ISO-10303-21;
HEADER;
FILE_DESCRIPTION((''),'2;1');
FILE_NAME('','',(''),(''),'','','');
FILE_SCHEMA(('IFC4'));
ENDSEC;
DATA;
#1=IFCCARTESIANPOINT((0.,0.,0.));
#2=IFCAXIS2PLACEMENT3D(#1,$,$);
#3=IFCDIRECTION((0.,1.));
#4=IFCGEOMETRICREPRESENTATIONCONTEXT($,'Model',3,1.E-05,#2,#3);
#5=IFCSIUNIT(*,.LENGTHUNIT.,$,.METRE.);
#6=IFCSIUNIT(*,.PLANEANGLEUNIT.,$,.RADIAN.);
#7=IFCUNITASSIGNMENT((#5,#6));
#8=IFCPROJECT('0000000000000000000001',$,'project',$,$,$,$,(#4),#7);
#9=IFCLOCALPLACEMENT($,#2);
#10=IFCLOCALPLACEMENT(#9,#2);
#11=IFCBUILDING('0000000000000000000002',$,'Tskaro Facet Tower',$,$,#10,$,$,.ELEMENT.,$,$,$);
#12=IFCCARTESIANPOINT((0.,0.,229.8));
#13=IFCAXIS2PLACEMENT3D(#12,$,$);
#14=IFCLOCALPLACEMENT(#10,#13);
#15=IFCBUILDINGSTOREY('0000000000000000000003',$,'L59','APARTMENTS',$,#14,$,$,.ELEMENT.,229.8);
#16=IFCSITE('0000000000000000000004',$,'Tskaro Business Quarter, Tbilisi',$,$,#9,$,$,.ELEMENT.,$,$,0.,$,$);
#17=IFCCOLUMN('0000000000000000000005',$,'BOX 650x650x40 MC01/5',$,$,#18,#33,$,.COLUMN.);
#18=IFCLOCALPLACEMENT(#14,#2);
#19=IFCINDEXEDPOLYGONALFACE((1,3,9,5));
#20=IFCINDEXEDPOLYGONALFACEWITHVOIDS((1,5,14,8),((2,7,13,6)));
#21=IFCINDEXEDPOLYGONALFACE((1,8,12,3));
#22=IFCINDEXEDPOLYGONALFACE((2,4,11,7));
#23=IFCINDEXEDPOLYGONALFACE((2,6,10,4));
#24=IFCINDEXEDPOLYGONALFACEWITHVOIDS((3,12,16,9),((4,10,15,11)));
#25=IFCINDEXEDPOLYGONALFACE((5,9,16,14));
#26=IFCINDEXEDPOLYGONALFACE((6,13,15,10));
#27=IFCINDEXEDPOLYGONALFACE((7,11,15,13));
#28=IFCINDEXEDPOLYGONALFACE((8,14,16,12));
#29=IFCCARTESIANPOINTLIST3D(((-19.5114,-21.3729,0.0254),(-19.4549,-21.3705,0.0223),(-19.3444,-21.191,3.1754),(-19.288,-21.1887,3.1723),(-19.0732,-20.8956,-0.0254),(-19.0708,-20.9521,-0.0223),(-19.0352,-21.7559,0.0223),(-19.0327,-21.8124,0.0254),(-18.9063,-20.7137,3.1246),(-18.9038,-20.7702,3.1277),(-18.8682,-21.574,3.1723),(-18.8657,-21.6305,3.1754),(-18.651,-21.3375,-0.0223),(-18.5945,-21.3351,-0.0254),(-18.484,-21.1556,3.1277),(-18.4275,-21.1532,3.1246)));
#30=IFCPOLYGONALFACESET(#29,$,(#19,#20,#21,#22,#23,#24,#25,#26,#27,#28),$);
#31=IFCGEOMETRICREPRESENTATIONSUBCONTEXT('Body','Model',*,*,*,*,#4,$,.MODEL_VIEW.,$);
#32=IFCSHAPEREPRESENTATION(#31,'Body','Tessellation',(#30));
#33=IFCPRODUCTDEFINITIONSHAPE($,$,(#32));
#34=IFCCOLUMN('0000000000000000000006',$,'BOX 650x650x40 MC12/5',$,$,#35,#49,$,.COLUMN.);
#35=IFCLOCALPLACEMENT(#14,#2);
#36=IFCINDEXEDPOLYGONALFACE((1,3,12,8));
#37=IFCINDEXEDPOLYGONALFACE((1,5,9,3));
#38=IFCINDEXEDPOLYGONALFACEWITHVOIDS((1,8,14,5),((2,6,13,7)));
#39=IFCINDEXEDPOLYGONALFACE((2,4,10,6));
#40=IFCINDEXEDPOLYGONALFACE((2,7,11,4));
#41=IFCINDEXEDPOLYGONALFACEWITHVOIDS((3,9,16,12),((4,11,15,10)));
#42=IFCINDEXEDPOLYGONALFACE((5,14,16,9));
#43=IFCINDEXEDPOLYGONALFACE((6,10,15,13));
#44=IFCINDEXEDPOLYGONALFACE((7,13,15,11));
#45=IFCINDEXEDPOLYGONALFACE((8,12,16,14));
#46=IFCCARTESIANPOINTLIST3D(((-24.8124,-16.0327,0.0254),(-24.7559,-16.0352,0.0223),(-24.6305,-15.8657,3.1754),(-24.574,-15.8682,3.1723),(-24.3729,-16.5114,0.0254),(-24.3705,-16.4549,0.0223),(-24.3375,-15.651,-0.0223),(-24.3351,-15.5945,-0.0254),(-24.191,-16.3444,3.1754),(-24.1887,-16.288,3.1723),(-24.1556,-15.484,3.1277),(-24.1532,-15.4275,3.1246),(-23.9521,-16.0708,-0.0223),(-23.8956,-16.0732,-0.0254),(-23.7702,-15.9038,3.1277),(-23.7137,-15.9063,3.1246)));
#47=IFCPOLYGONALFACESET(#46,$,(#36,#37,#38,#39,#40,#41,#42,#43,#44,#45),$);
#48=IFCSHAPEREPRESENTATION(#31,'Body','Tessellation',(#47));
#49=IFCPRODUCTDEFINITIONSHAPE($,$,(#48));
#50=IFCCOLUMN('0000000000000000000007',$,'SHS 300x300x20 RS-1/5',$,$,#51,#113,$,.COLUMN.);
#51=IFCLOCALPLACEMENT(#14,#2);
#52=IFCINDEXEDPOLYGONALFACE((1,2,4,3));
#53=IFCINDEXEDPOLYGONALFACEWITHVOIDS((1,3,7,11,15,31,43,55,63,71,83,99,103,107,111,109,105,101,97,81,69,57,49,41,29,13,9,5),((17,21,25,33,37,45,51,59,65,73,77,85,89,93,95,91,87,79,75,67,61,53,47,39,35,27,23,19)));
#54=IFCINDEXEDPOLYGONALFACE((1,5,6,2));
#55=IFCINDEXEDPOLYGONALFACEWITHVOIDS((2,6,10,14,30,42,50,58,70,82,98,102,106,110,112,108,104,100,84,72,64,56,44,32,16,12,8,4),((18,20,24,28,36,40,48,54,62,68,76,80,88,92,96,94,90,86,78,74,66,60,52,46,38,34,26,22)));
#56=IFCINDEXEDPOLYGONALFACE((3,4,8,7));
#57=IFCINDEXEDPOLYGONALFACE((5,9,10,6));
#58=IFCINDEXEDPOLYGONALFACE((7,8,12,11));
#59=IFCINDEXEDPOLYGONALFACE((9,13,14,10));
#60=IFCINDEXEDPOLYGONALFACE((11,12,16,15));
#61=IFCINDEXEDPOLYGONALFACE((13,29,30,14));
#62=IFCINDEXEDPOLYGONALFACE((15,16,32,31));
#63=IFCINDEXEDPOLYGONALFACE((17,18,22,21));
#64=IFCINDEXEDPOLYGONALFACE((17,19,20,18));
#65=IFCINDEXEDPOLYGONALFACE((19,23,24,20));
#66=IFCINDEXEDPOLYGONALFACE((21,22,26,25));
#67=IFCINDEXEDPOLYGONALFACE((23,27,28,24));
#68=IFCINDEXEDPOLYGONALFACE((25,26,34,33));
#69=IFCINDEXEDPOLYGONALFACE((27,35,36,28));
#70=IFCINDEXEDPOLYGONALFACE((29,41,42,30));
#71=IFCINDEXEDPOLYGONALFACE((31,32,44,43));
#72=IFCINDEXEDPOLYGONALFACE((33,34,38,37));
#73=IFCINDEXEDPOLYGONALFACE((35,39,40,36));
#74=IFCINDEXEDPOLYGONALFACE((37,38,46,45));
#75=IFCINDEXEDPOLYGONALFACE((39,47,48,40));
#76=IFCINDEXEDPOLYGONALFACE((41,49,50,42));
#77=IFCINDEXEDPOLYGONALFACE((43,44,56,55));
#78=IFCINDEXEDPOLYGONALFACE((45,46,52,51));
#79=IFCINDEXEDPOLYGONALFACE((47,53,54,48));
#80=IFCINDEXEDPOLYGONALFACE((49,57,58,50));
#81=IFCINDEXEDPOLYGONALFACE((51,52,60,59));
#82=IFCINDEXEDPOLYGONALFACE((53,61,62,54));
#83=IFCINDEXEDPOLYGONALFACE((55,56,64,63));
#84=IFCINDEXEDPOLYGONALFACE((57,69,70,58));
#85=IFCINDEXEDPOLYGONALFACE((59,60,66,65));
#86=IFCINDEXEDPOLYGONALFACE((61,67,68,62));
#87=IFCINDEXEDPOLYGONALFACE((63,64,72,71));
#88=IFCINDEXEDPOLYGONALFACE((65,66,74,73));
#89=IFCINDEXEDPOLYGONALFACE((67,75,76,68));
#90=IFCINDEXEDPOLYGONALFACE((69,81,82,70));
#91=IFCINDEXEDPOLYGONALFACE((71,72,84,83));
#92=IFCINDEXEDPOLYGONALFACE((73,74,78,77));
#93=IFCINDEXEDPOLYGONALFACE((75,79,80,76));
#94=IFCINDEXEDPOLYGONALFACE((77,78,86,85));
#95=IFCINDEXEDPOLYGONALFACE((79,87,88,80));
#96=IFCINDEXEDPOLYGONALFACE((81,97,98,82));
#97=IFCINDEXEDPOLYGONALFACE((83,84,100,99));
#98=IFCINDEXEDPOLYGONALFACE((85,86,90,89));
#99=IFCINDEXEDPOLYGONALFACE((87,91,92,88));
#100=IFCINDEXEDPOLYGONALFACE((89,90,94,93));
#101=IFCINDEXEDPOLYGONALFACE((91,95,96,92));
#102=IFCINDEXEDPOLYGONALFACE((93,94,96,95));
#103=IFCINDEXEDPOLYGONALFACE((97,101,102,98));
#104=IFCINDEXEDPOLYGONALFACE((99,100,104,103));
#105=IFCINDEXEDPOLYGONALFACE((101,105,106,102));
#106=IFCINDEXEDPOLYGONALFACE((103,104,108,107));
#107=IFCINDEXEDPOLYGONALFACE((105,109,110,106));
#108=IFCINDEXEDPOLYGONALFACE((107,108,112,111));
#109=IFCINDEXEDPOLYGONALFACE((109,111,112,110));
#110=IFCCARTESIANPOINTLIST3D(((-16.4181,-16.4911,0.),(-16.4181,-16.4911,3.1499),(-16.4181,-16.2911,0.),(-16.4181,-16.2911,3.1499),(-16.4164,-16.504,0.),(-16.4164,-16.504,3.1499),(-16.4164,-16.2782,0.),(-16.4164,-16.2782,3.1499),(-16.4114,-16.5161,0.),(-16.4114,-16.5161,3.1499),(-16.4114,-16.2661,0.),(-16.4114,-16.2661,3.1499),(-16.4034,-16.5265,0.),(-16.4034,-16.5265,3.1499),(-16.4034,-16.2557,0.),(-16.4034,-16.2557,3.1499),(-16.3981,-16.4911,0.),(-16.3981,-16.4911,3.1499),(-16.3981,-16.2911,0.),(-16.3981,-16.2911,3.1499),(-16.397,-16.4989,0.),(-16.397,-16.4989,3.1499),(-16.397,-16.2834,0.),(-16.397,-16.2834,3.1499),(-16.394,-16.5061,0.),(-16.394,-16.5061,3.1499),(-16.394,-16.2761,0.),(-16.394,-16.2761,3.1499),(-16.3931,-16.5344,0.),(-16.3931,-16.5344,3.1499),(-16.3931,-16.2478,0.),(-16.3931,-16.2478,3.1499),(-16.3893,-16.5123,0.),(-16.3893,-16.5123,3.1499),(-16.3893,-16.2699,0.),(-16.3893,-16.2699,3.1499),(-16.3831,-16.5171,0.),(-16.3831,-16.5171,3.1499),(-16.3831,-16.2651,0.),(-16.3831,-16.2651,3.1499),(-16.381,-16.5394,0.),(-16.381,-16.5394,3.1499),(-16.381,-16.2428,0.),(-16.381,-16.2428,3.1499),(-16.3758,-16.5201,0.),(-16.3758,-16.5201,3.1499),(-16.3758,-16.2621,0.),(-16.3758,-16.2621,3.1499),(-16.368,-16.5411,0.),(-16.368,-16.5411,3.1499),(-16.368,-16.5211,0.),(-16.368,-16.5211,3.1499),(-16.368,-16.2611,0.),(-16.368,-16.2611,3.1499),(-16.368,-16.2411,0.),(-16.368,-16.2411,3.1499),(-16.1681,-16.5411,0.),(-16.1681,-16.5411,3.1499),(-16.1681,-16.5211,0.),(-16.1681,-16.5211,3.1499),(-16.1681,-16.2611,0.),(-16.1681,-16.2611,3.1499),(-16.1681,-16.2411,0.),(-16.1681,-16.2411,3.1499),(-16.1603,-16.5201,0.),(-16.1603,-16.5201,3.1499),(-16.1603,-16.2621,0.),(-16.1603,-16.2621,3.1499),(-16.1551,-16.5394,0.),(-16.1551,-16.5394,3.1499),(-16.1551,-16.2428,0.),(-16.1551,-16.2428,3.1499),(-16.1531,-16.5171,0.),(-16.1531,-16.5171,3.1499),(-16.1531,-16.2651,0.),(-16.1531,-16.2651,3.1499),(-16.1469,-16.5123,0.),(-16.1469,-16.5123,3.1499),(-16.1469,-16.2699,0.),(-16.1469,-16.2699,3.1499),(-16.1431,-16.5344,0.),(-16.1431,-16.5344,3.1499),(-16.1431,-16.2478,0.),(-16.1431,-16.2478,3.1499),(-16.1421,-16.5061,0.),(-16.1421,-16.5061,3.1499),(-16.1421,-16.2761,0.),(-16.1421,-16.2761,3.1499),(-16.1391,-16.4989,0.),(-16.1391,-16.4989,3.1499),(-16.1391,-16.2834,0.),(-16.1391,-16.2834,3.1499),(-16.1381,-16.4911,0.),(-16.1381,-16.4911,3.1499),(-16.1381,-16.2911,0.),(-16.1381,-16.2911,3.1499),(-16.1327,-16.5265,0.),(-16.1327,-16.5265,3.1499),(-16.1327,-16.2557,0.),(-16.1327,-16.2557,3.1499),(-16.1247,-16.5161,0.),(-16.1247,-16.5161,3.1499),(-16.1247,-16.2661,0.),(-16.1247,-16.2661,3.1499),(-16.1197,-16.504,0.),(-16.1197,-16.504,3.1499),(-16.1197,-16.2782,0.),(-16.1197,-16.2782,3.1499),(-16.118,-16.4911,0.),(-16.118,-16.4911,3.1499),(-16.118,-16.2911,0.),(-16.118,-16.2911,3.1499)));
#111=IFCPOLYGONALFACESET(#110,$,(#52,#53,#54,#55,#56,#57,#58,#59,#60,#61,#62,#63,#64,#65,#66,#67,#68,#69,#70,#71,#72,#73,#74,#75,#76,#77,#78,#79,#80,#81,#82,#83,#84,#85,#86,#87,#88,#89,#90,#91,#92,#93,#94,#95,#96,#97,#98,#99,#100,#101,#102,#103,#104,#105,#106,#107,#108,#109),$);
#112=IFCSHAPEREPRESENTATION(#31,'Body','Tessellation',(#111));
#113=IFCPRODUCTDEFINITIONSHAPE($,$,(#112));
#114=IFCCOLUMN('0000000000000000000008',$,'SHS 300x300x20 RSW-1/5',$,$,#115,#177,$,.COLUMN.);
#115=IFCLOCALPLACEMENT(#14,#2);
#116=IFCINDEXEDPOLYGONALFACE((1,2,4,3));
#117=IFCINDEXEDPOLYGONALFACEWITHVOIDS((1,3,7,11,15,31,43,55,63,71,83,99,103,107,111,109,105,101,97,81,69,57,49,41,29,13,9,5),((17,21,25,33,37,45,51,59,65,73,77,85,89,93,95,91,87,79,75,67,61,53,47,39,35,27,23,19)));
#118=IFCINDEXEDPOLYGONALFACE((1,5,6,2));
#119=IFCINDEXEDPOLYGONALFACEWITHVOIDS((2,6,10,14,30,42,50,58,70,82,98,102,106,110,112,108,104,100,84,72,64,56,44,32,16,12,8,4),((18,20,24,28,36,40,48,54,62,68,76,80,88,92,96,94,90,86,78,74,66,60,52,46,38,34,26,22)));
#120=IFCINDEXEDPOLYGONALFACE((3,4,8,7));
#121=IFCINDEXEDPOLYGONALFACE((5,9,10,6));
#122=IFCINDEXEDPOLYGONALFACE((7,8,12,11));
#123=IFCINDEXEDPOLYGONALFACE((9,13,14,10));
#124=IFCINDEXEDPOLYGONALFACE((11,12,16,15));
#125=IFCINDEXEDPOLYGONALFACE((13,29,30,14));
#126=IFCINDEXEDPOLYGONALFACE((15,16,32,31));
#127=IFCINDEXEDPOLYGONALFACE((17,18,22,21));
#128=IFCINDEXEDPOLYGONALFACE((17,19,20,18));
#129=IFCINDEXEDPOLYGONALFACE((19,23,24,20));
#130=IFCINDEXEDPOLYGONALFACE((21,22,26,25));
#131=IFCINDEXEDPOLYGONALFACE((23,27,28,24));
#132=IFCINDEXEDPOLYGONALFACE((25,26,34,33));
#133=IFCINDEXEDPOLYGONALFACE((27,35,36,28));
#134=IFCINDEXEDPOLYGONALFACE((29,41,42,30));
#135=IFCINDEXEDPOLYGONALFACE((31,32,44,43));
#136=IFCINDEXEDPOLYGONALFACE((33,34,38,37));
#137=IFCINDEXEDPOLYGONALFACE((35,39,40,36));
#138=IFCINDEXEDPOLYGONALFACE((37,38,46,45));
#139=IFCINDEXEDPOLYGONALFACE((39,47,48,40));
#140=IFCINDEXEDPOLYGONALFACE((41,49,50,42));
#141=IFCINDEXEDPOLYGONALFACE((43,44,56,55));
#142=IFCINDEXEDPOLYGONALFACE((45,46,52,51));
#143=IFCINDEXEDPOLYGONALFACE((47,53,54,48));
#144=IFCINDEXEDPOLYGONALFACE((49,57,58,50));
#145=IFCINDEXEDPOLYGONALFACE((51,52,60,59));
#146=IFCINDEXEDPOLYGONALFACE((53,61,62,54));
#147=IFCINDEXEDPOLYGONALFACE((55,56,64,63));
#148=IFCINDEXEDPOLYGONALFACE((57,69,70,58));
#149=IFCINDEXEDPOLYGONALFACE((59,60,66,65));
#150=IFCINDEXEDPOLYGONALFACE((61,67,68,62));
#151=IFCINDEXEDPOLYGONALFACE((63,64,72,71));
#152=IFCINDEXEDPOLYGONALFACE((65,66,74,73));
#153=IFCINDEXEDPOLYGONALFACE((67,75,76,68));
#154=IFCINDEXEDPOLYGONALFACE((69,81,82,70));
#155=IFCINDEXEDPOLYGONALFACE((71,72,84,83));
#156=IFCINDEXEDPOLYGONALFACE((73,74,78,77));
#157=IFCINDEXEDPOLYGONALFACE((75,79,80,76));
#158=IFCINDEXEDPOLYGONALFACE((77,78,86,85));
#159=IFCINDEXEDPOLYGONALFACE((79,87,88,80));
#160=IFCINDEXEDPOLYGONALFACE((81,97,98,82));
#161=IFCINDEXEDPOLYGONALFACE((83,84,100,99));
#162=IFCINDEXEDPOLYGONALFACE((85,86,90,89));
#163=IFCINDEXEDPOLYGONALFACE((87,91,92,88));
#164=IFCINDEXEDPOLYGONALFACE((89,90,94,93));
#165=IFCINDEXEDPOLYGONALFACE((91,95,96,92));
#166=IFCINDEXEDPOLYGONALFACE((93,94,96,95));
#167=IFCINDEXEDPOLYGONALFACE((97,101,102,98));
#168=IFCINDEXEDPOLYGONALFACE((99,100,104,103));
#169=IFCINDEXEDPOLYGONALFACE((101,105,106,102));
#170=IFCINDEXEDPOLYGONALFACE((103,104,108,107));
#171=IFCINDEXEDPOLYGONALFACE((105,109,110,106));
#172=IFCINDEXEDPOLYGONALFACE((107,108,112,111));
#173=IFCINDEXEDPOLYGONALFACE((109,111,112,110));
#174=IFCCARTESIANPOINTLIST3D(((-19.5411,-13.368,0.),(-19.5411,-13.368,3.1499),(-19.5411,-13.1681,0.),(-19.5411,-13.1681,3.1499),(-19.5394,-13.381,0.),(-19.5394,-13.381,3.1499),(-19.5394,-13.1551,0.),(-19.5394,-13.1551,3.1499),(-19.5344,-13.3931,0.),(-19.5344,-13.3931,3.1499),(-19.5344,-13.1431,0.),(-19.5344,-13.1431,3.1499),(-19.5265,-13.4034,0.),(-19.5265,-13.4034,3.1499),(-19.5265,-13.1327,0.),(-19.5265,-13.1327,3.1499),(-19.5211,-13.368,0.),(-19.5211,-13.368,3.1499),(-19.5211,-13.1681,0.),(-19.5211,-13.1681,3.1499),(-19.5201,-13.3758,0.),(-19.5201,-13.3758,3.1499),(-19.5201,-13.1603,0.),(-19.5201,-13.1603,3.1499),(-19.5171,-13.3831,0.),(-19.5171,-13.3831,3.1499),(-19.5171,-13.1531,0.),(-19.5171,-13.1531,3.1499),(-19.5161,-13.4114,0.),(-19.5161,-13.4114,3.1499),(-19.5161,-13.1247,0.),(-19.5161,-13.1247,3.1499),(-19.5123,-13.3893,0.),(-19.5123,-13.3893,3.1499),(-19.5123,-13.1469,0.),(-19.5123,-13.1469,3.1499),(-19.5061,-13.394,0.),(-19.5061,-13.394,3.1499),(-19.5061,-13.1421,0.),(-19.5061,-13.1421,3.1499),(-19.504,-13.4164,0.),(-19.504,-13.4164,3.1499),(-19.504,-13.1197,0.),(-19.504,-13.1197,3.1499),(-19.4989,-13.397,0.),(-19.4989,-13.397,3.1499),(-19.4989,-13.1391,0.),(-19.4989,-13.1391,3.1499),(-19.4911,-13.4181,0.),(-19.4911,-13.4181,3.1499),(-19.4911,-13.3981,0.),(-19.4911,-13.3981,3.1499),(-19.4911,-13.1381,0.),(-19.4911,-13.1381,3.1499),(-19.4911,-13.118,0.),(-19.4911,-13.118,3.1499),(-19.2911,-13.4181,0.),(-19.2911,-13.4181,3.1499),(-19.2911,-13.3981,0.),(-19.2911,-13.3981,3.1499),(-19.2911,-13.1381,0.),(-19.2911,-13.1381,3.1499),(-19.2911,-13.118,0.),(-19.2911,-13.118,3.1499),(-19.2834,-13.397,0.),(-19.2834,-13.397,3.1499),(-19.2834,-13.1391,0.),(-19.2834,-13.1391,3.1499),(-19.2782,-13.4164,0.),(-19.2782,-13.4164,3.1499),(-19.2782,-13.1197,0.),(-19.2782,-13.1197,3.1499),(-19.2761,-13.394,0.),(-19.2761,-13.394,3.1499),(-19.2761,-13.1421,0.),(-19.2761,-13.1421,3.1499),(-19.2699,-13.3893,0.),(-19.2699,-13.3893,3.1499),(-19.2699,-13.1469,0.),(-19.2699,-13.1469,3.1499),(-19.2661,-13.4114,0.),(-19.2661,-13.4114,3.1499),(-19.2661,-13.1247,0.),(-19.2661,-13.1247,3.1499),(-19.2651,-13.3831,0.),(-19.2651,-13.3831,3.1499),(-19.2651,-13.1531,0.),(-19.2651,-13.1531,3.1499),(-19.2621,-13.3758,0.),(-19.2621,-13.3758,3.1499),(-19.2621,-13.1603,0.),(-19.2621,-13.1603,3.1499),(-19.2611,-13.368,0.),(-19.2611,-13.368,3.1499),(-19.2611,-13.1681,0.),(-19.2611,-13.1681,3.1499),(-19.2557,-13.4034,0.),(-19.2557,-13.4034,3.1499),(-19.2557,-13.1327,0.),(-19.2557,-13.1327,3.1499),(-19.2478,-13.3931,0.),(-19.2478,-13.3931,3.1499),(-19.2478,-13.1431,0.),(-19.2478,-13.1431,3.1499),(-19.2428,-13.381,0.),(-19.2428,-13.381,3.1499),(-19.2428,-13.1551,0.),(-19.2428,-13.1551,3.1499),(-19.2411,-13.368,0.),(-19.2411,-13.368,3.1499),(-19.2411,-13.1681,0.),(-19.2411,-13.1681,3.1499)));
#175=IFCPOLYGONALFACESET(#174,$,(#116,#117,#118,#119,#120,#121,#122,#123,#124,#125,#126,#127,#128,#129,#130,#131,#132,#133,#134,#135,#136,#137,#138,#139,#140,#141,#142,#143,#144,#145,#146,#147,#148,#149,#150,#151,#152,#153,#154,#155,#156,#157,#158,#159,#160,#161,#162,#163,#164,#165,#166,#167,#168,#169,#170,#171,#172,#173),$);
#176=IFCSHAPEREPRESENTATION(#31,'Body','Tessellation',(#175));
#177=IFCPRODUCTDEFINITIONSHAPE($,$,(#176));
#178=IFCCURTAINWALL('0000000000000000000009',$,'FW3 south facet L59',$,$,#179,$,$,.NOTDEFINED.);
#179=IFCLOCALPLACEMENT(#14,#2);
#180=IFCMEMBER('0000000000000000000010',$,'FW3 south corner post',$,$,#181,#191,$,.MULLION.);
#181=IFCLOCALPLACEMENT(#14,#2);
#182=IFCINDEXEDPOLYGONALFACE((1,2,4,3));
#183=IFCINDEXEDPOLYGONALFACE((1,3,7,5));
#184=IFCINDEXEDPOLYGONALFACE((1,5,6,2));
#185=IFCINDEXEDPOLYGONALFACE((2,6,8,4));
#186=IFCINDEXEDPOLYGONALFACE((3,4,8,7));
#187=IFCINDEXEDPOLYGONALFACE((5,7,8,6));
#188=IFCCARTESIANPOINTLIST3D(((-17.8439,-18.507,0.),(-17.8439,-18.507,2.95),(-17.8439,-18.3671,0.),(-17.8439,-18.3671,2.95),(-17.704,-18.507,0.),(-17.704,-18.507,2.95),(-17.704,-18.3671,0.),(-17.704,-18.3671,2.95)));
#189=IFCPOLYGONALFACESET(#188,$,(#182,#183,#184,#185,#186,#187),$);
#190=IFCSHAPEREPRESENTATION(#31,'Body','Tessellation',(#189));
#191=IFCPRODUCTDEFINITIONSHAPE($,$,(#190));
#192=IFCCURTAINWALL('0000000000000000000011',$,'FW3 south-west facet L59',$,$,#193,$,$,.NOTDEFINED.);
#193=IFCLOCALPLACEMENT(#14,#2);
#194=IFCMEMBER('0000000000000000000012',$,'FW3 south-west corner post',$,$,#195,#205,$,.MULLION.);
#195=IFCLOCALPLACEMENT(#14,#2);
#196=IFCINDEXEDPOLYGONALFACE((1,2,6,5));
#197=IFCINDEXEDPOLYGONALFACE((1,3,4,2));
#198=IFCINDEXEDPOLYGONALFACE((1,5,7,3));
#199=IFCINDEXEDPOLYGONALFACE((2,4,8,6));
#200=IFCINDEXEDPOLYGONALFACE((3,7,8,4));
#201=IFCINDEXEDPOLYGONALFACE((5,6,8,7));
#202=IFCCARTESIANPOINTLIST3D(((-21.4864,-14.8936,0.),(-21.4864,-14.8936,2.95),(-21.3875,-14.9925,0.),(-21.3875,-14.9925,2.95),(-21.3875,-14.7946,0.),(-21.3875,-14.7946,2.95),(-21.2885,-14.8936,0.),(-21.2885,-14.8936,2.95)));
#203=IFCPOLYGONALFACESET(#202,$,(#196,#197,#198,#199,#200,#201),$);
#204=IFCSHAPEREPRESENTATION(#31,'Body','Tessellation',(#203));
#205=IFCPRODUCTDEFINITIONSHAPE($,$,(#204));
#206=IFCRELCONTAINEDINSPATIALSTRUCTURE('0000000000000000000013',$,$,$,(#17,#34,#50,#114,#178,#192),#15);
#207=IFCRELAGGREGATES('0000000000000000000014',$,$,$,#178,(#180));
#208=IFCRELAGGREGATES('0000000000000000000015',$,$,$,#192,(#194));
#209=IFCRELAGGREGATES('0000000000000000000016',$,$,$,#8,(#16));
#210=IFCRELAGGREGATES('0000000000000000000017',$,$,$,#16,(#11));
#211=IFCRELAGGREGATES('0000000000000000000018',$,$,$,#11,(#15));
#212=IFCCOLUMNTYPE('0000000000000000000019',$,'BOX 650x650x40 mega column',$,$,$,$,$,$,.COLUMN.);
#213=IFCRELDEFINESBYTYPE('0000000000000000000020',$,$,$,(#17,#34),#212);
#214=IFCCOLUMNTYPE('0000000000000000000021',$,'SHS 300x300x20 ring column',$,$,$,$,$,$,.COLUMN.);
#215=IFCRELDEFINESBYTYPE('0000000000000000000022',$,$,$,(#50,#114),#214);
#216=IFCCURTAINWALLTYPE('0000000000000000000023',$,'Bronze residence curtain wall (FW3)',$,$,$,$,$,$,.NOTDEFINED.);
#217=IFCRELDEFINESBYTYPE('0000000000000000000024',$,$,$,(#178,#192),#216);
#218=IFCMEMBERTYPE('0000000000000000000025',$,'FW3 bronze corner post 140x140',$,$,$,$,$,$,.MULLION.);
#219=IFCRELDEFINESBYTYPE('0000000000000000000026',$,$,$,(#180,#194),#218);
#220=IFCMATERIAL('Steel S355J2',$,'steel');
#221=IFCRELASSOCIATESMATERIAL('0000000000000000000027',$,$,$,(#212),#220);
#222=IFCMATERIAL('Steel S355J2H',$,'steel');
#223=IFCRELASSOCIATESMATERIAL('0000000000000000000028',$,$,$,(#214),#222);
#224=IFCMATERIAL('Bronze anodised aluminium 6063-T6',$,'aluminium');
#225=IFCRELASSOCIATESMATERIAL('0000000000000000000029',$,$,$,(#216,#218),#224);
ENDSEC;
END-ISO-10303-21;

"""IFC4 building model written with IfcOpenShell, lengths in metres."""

from ifc_helpers import new_model, si_unit, direction, frame, origin, origin_2d, place, context, subcontext, project, spatial, rectangle, hollow_rectangle, extrude, material, material_profile, profile_set, type_object, element, aggregate, save


model = new_model("IFC4")

# Units and contexts
model_context = context("Model", 3, precision=1e-05, world=origin(), true_north=direction((0.0, 1.0)))
body_context = subcontext(model_context, "Body", "Model", "MODEL_VIEW")
ifc_project = project(units=[si_unit("LENGTHUNIT", "METRE"), si_unit("PLANEANGLEUNIT", "RADIAN")], contexts=[model_context])

# Site, building, storey
site_placement = place(None, origin())
site = spatial("IfcSite", under=ifc_project, at=site_placement, Name="Tskaro Business Quarter, Tbilisi", CompositionType="ELEMENT", RefElevation=0.0)
building_placement = place(site_placement, origin())
building = spatial("IfcBuilding", under=site, at=building_placement, Name="Tskaro Facet Tower", CompositionType="ELEMENT")
storey_placement = place(building_placement, frame((0.0, 0.0, 229.8)))
storey = spatial("IfcBuildingStorey", under=building, at=storey_placement, Name="L59", Description="APARTMENTS", CompositionType="ELEMENT", Elevation=229.8)

# Columns
ifc_material_1 = material(Name="Steel S355J2", Category="steel")
ifc_material_profile_1 = material_profile(ifc_material_1, hollow_rectangle(XDim=0.6499, YDim=0.6499, WallThickness=0.04, at=origin_2d()), Name="BOX 650x650x40")
ifc_profile_set_1 = profile_set([ifc_material_profile_1], Name="Steel S355J2")
column_type_1 = type_object("IfcColumnType", Name="BOX 650x650x40 mega column", PredefinedType="COLUMN", material=ifc_profile_set_1)
for number, where, z_axis, x_axis, name in (
    (1, (-19.053, -21.354, 0.0), (0.052853, 0.057566, 0.996942), (-0.73662, 0.676306, 0.0), "BOX 650x650x40 MC01/5"),
    (2, (-24.354, -16.053, 0.0), (0.057566, 0.052853, 0.996942), (-0.676306, 0.73662, 0.0), "BOX 650x650x40 MC12/5"),
):
    element("IfcColumn", number, at=place(storey_placement, frame(where, z_axis=z_axis, x_axis=x_axis)), inside=storey, type_object=column_type_1, Name=name, PredefinedType="COLUMN", context=body_context, shape_type="SweptSolid", body=[
        extrude(hollow_rectangle(XDim=0.6499, YDim=0.6499, WallThickness=0.04, at=origin_2d()), origin(), (0.0, 0.0, 1.0), 3.1597),
    ])
ifc_material_2 = material(Name="Steel S355J2H", Category="steel")
ifc_material_profile_2 = material_profile(ifc_material_2, hollow_rectangle(XDim=0.3, YDim=0.3, WallThickness=0.02, InnerFilletRadius=0.03, OuterFilletRadius=0.05, at=origin_2d()), Name="SHS 300x300x20")
ifc_profile_set_2 = profile_set([ifc_material_profile_2], Name="Steel S355J2H")
column_type_2 = type_object("IfcColumnType", Name="SHS 300x300x20 ring column", PredefinedType="COLUMN", material=ifc_profile_set_2)
for number, where, z_axis, x_axis, name in (
    (3, (-16.2681, -16.3911, 0.0), (0.0, 0.0, 1.0), (1.0, 0.0, 0.0), "SHS 300x300x20 RS-1/5"),
    (4, (-19.3911, -13.2681, 0.0), (0.0, 0.0, 1.0), (1.0, 0.0, 0.0), "SHS 300x300x20 RSW-1/5"),
):
    element("IfcColumn", number, at=place(storey_placement, frame(where, z_axis=z_axis, x_axis=x_axis)), inside=storey, type_object=column_type_2, Name=name, PredefinedType="COLUMN", context=body_context, shape_type="SweptSolid", body=[
        extrude(hollow_rectangle(XDim=0.3, YDim=0.3, WallThickness=0.02, InnerFilletRadius=0.03, OuterFilletRadius=0.05, at=origin_2d()), origin(), (0.0, 0.0, 1.0), 3.1499),
    ])

# Curtain walls, members
ifc_material_3 = material(Name="Bronze anodised aluminium 6063-T6", Category="aluminium")
curtain_wall_type = type_object("IfcCurtainWallType", Name="Bronze residence curtain wall (FW3)", PredefinedType="NOTDEFINED", material=ifc_material_3)
curtain_wall_1_placement = place(storey_placement, origin())
curtain_wall_1 = element("IfcCurtainWall", 5, at=curtain_wall_1_placement, inside=storey, type_object=curtain_wall_type, Name="FW3 south facet L59", PredefinedType="NOTDEFINED")
ifc_material_profile_3 = material_profile(ifc_material_3, rectangle(XDim=0.1399, YDim=0.1399, at=origin_2d()), Name="Corner post 140x140")
ifc_profile_set_3 = profile_set([ifc_material_profile_3], Name="Bronze anodised aluminium 6063-T6")
member_type_1 = type_object("IfcMemberType", Name="FW3 bronze corner post 140x140", PredefinedType="MULLION", material=ifc_profile_set_3)
member_1_placement = place(storey_placement, frame((-17.7739, -18.437, 0.0), z_axis=(0.0, 0.0, 1.0), x_axis=(1.0, 0.0, 0.0)))
member_1 = element("IfcMember", 6, at=member_1_placement, type_object=member_type_1, Name="FW3 south corner post", PredefinedType="MULLION", context=body_context, shape_type="SweptSolid", body=[
    extrude(rectangle(XDim=0.1399, YDim=0.1399, at=origin_2d()), origin(), (0.0, 0.0, 1.0), 2.95),
])
curtain_wall_2_placement = place(storey_placement, origin())
curtain_wall_2 = element("IfcCurtainWall", 7, at=curtain_wall_2_placement, inside=storey, type_object=curtain_wall_type, Name="FW3 south-west facet L59", PredefinedType="NOTDEFINED")
member_2_placement = place(storey_placement, frame((-21.3875, -14.8936, 0.0), z_axis=(0.0, 0.0, 1.0), x_axis=(0.707107, -0.707107, 0.0)))
member_2 = element("IfcMember", 8, at=member_2_placement, type_object=member_type_1, Name="FW3 south-west corner post", PredefinedType="MULLION", context=body_context, shape_type="SweptSolid", body=[
    extrude(rectangle(XDim=0.1399, YDim=0.1399, at=origin_2d()), origin(), (0.0, 0.0, 1.0), 2.95),
])

aggregate(curtain_wall_1, [member_1])

aggregate(curtain_wall_2, [member_2])

save(model, "model.ifc")
